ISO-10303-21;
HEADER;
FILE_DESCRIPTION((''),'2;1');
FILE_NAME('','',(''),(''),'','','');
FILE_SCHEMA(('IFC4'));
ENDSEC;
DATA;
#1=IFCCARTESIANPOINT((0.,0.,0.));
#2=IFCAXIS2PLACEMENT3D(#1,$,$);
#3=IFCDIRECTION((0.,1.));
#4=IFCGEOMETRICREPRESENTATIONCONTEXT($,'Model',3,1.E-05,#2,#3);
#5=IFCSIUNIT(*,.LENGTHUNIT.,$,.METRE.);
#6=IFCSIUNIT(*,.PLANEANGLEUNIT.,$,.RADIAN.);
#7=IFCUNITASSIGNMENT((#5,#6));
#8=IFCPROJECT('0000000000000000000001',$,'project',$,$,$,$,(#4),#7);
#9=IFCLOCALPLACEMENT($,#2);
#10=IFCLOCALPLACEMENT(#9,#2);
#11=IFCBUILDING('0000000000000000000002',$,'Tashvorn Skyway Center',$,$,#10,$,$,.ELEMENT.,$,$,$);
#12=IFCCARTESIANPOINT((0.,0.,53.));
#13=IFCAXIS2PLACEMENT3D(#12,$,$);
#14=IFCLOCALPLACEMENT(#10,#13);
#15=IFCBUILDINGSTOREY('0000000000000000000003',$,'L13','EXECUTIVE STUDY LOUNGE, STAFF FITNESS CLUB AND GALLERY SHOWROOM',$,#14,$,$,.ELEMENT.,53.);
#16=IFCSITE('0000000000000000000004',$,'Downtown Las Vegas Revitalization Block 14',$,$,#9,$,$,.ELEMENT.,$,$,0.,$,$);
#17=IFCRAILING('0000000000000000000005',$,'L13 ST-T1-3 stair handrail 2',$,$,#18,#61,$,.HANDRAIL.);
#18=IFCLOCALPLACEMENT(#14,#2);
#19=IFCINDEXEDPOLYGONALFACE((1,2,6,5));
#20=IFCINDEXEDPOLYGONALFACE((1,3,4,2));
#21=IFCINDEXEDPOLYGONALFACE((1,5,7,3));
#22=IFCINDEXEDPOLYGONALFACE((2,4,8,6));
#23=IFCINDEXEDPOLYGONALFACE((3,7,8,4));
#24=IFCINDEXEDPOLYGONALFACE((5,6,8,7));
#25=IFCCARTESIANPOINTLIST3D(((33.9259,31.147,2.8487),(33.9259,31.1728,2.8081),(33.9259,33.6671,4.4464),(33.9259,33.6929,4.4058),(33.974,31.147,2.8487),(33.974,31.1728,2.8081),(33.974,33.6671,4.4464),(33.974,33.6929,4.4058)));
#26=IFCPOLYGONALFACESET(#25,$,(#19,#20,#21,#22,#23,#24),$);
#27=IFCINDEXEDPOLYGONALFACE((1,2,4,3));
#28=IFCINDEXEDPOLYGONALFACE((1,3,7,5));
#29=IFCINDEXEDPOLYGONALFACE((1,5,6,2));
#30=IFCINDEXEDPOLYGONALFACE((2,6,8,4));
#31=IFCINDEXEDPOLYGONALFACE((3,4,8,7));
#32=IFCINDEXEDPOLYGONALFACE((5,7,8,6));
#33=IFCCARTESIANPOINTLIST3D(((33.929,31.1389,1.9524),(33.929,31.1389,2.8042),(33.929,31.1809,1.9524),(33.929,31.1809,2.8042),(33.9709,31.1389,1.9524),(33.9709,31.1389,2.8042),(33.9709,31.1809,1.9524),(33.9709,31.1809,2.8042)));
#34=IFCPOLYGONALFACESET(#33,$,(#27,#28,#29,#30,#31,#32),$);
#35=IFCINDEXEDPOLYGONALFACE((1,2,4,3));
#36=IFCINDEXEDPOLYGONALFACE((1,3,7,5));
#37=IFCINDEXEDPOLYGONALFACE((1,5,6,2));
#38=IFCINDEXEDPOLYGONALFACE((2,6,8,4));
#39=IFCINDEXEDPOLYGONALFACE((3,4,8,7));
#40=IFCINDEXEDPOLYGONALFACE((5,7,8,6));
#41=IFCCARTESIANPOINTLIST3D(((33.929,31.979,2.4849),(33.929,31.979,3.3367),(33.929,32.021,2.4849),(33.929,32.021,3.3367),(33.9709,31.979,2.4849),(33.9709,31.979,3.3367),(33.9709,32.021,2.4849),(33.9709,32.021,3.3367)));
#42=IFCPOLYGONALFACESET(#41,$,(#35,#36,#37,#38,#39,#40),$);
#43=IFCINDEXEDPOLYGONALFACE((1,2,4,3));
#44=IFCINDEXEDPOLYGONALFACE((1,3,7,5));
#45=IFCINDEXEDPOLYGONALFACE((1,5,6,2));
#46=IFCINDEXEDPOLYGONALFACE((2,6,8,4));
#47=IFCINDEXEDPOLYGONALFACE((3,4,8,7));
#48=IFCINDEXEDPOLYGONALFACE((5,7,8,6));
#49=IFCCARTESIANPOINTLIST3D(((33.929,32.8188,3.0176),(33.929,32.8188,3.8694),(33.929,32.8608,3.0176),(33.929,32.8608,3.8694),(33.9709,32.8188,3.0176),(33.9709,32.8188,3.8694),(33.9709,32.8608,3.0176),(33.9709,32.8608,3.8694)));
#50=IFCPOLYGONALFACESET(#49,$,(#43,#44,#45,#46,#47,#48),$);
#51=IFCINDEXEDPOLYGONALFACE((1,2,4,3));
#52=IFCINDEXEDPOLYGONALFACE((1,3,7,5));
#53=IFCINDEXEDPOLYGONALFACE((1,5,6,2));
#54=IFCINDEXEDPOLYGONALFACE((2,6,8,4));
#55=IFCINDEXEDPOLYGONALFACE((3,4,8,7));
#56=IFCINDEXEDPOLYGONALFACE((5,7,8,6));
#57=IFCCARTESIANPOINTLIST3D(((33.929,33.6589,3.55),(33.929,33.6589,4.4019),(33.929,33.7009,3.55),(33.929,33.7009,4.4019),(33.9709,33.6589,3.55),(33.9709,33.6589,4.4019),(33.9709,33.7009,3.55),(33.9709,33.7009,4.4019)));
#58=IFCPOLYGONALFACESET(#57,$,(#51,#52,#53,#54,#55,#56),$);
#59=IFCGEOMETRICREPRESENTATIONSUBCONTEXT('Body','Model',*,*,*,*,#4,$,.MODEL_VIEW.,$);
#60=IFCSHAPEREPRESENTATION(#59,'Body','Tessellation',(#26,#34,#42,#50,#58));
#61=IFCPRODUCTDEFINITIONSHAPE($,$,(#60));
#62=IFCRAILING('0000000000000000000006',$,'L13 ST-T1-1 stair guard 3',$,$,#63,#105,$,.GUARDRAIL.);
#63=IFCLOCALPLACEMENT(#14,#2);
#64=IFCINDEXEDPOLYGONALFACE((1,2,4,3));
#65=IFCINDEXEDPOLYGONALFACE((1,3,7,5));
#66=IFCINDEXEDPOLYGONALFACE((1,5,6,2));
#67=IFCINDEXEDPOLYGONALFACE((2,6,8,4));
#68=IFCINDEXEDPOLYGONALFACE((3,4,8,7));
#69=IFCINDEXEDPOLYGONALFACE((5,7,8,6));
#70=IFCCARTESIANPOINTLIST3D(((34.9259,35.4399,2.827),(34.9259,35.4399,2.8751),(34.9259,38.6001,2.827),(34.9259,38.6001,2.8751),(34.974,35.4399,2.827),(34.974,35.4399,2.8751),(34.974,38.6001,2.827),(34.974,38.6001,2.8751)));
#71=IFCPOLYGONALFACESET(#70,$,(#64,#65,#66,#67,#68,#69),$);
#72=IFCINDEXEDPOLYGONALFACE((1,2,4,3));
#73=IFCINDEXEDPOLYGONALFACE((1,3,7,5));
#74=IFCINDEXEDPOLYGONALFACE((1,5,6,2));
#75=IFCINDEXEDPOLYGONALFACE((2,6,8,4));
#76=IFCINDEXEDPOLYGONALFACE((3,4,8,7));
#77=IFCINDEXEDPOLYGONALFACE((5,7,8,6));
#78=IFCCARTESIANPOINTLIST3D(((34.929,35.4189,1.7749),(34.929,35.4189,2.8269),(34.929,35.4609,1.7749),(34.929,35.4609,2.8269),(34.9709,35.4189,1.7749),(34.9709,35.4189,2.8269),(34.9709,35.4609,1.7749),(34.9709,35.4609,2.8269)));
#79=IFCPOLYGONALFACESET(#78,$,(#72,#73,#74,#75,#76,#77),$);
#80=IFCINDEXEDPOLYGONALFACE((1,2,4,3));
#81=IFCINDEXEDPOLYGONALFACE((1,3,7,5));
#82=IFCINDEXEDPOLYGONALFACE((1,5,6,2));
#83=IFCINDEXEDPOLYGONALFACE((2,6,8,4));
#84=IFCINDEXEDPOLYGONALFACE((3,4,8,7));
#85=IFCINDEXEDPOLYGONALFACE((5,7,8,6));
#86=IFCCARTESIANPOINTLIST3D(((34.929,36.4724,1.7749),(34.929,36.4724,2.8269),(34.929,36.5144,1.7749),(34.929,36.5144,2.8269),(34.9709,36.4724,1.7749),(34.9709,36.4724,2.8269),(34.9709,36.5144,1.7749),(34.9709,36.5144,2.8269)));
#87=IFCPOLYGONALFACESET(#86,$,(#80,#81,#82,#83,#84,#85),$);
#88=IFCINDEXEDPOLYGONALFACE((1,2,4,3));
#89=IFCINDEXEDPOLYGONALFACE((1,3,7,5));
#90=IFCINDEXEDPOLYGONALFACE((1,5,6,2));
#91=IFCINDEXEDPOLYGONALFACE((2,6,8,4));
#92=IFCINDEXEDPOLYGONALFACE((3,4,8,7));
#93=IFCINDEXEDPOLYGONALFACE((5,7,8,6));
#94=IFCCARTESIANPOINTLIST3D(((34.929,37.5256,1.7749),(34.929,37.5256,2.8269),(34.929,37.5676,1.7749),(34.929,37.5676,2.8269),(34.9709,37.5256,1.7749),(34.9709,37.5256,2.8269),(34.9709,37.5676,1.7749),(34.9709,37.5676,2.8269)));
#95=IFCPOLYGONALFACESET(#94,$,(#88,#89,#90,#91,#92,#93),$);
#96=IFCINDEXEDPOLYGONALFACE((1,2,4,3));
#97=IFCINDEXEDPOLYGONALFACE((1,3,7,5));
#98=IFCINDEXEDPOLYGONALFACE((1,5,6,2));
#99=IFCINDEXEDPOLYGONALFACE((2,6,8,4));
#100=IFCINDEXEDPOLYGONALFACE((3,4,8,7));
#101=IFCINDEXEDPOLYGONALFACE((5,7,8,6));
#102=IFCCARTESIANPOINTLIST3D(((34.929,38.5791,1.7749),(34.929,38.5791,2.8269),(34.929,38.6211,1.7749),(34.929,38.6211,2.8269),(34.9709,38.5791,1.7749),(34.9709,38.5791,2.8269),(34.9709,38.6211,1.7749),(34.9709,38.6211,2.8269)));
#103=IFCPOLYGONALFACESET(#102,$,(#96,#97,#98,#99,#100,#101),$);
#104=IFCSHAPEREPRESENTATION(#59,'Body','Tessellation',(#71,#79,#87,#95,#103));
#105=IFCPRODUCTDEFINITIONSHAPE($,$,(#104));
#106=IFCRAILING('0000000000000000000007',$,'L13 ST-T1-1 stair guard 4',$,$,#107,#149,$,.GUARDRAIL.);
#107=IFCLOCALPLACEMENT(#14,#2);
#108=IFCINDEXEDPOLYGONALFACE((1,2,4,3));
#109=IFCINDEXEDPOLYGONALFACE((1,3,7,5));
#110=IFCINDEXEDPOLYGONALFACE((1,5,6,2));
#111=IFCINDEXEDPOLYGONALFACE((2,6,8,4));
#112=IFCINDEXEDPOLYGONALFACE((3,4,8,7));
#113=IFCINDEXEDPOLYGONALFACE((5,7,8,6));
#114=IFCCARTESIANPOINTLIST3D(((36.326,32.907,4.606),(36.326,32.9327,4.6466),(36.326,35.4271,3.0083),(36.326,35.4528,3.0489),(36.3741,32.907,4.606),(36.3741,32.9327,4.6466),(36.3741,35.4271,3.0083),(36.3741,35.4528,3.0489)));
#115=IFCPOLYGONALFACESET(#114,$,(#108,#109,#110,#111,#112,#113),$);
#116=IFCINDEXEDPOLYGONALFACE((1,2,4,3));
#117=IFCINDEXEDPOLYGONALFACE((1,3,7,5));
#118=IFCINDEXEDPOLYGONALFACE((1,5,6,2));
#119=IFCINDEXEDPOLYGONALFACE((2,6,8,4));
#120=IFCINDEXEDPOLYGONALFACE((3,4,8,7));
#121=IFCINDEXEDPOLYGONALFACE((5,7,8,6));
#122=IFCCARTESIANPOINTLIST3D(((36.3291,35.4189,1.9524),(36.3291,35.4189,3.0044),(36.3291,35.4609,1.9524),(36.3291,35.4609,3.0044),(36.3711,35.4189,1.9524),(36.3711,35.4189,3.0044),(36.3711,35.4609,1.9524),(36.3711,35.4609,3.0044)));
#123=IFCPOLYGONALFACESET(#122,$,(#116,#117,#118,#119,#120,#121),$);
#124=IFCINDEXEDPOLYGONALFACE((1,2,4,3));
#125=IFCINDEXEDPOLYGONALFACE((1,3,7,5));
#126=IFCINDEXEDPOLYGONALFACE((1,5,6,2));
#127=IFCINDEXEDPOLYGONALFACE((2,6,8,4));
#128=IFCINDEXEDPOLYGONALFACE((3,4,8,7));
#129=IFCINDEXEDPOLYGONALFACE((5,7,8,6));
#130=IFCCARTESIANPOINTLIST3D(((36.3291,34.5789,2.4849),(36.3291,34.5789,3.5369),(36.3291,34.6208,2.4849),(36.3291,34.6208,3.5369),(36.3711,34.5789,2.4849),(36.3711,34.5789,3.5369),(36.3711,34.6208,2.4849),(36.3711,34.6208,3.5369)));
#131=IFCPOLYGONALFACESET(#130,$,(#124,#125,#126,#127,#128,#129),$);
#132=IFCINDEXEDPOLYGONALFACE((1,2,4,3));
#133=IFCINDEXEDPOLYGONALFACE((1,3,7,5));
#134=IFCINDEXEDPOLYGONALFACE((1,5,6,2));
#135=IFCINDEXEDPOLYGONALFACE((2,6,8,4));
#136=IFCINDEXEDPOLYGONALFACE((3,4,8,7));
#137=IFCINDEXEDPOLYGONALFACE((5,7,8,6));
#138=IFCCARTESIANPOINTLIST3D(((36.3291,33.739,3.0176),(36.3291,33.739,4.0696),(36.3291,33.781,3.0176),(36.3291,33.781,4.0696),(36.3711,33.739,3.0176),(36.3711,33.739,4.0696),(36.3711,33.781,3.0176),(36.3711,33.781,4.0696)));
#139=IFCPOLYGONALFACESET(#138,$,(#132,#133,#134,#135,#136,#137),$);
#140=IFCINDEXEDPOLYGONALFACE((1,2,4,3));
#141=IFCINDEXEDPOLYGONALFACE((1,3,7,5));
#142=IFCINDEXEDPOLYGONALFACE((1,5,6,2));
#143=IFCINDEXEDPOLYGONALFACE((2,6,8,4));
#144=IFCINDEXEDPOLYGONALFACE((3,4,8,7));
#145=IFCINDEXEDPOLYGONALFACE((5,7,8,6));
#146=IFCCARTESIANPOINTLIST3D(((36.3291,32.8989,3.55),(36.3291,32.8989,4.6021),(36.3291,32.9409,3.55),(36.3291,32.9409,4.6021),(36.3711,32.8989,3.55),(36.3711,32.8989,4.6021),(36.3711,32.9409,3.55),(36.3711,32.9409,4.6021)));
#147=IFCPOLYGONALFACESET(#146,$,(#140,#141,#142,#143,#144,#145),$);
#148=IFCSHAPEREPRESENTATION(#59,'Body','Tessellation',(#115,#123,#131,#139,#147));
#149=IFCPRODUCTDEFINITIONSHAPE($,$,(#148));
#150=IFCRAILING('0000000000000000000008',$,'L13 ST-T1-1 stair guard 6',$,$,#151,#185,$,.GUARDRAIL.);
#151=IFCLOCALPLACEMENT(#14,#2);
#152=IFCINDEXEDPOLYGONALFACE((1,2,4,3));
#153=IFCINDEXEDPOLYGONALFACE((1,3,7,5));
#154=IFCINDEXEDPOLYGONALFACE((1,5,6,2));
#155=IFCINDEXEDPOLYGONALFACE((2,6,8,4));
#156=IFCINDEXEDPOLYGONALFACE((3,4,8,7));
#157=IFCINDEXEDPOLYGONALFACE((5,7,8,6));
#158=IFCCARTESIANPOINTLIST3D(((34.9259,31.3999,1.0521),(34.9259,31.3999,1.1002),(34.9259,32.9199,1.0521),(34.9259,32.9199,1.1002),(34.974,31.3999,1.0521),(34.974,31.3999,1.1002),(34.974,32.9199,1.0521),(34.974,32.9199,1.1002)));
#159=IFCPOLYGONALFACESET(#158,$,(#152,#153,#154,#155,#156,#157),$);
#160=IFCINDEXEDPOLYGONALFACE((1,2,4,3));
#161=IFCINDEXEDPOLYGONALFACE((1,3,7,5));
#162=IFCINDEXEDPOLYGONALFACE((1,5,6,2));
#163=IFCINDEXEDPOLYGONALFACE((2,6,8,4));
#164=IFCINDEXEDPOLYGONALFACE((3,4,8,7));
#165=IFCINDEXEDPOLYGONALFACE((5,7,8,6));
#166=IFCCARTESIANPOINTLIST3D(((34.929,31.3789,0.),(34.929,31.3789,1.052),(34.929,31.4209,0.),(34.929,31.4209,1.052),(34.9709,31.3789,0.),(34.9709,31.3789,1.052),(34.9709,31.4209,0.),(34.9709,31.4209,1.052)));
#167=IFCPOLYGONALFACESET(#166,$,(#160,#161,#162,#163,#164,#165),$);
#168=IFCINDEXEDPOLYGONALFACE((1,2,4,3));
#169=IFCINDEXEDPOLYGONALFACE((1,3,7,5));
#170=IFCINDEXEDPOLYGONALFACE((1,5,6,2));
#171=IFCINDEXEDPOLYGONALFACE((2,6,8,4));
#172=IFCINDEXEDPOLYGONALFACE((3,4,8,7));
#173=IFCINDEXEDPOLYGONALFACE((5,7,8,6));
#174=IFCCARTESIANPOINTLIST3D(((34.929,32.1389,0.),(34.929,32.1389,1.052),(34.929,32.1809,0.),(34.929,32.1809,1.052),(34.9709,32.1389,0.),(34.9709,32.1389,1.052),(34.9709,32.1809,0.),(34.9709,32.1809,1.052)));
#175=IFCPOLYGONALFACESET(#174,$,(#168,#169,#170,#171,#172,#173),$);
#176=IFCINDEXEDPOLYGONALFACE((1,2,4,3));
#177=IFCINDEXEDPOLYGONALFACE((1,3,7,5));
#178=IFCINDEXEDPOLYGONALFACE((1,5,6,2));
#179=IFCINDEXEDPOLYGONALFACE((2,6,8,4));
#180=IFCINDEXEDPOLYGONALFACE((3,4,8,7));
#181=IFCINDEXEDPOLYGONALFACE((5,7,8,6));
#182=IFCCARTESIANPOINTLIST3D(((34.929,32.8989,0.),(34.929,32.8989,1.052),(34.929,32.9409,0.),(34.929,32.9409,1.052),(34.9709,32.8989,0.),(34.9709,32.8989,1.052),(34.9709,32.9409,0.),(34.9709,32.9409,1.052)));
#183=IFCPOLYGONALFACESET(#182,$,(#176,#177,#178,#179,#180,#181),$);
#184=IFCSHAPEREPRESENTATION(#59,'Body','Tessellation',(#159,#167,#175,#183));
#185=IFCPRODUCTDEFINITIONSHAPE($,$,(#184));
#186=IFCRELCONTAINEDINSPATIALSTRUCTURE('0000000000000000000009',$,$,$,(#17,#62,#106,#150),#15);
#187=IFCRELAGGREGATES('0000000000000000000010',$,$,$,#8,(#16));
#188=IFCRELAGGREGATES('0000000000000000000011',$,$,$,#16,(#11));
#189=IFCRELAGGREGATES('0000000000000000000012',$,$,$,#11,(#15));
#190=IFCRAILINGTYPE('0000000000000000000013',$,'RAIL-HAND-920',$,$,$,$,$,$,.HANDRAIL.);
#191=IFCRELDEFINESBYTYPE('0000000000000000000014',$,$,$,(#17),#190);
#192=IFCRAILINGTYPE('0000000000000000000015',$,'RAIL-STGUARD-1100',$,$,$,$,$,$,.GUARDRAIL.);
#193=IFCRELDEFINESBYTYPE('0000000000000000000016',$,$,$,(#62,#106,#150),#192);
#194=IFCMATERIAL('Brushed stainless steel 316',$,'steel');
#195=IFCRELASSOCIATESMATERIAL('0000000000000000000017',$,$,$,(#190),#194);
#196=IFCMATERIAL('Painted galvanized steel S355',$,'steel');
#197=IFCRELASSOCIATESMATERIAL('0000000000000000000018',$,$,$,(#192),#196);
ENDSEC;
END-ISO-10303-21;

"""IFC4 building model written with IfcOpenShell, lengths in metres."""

from ifc_helpers import new_model, si_unit, direction, frame, origin, origin_2d, place, context, subcontext, project, spatial, rectangle, extrude, material, type_object, element, save


model = new_model("IFC4")

# Units and contexts
model_context = context("Model", 3, precision=1e-05, world=origin(), true_north=direction((0.0, 1.0)))
body_context = subcontext(model_context, "Body", "Model", "MODEL_VIEW")
ifc_project = project(units=[si_unit("LENGTHUNIT", "METRE"), si_unit("PLANEANGLEUNIT", "RADIAN")], contexts=[model_context])

# Site, building, storey
site_placement = place(None, origin())
site = spatial("IfcSite", under=ifc_project, at=site_placement, Name="Downtown Las Vegas Revitalization Block 14", CompositionType="ELEMENT", RefElevation=0.0)
building_placement = place(site_placement, origin())
building = spatial("IfcBuilding", under=site, at=building_placement, Name="Tashvorn Skyway Center", CompositionType="ELEMENT")
storey_placement = place(building_placement, frame((0.0, 0.0, 53.0)))
storey = spatial("IfcBuildingStorey", under=building, at=storey_placement, Name="L13", Description="EXECUTIVE STUDY LOUNGE, STAFF FITNESS CLUB AND GALLERY SHOWROOM", CompositionType="ELEMENT", Elevation=53.0)

# Railings
ifc_material_1 = material(Name="Brushed stainless steel 316", Category="steel")
railing_type_1 = type_object("IfcRailingType", Name="RAIL-HAND-920", PredefinedType="HANDRAIL", material=ifc_material_1)
railing_1_placement = place(storey_placement, frame((33.95, 31.1599, 1.9524)))
element("IfcRailing", 1, at=railing_1_placement, inside=storey, type_object=railing_type_1, Name="L13 ST-T1-3 stair handrail 2", PredefinedType="HANDRAIL", context=body_context, shape_type="SweptSolid", body=[
    extrude(rectangle(XDim=0.0481, YDim=0.0481, at=origin_2d()), frame((0.0, 0.0, 0.876), z_axis=(0.0, 0.84457, 0.535445), x_axis=(-1.0, 0.0, 0.0)), (0.0, 0.0, 1.0), 2.9839),
    extrude(rectangle(XDim=0.042, YDim=0.042, at=origin_2d()), origin(), (0.0, 0.0, 1.0), 0.8518),
    extrude(rectangle(XDim=0.042, YDim=0.042, at=origin_2d()), frame((0.0, 0.8401, 0.5325)), (0.0, 0.0, 1.0), 0.8518),
    extrude(rectangle(XDim=0.042, YDim=0.042, at=origin_2d()), frame((0.0, 1.6799, 1.0652)), (0.0, 0.0, 1.0), 0.8518),
    extrude(rectangle(XDim=0.042, YDim=0.042, at=origin_2d()), frame((0.0, 2.52, 1.5977)), (0.0, 0.0, 1.0), 0.8518),
])
ifc_material_2 = material(Name="Painted galvanized steel S355", Category="steel")
railing_type_2 = type_object("IfcRailingType", Name="RAIL-STGUARD-1100", PredefinedType="GUARDRAIL", material=ifc_material_2)
railing_2_placement = place(storey_placement, frame((34.95, 35.4399, 1.7749)))
element("IfcRailing", 2, at=railing_2_placement, inside=storey, type_object=railing_type_2, Name="L13 ST-T1-1 stair guard 3", PredefinedType="GUARDRAIL", context=body_context, shape_type="SweptSolid", body=[
    extrude(rectangle(XDim=0.0481, YDim=0.0481, at=origin_2d()), frame((0.0, 0.0, 1.0762), z_axis=(0.0, 1.0, 0.0), x_axis=(-1.0, 0.0, 0.0)), (0.0, 0.0, 1.0), 3.1602),
    extrude(rectangle(XDim=0.042, YDim=0.042, at=origin_2d()), origin(), (0.0, 0.0, 1.0), 1.052),
    extrude(rectangle(XDim=0.042, YDim=0.042, at=origin_2d()), frame((0.0, 1.0535, 0.0)), (0.0, 0.0, 1.0), 1.052),
    extrude(rectangle(XDim=0.042, YDim=0.042, at=origin_2d()), frame((0.0, 2.1067, 0.0)), (0.0, 0.0, 1.0), 1.052),
    extrude(rectangle(XDim=0.042, YDim=0.042, at=origin_2d()), frame((0.0, 3.1602, 0.0)), (0.0, 0.0, 1.0), 1.052),
])
railing_3_placement = place(storey_placement, frame((36.3501, 35.4399, 1.9524)))
element("IfcRailing", 3, at=railing_3_placement, inside=storey, type_object=railing_type_2, Name="L13 ST-T1-1 stair guard 4", PredefinedType="GUARDRAIL", context=body_context, shape_type="SweptSolid", body=[
    extrude(rectangle(XDim=0.0481, YDim=0.0481, at=origin_2d()), frame((0.0, 0.0, 1.0762), z_axis=(0.0, -0.84457, 0.535445), x_axis=(1.0, 0.0, 0.0)), (0.0, 0.0, 1.0), 2.9839),
    extrude(rectangle(XDim=0.042, YDim=0.042, at=origin_2d()), origin(), (0.0, 0.0, 1.0), 1.052),
    extrude(rectangle(XDim=0.042, YDim=0.042, at=origin_2d()), frame((0.0, -0.8401, 0.5325)), (0.0, 0.0, 1.0), 1.052),
    extrude(rectangle(XDim=0.042, YDim=0.042, at=origin_2d()), frame((0.0, -1.6799, 1.0652)), (0.0, 0.0, 1.0), 1.052),
    extrude(rectangle(XDim=0.042, YDim=0.042, at=origin_2d()), frame((0.0, -2.52, 1.5977)), (0.0, 0.0, 1.0), 1.052),
])
railing_4_placement = place(storey_placement, frame((34.95, 31.3999, 0.0)))
element("IfcRailing", 4, at=railing_4_placement, inside=storey, type_object=railing_type_2, Name="L13 ST-T1-1 stair guard 6", PredefinedType="GUARDRAIL", context=body_context, shape_type="SweptSolid", body=[
    extrude(rectangle(XDim=0.0481, YDim=0.0481, at=origin_2d()), frame((0.0, 0.0, 1.0762), z_axis=(0.0, 1.0, 0.0), x_axis=(-1.0, 0.0, 0.0)), (0.0, 0.0, 1.0), 1.52),
    extrude(rectangle(XDim=0.042, YDim=0.042, at=origin_2d()), origin(), (0.0, 0.0, 1.0), 1.052),
    extrude(rectangle(XDim=0.042, YDim=0.042, at=origin_2d()), frame((0.0, 0.76, 0.0)), (0.0, 0.0, 1.0), 1.052),
    extrude(rectangle(XDim=0.042, YDim=0.042, at=origin_2d()), frame((0.0, 1.52, 0.0)), (0.0, 0.0, 1.0), 1.052),
])

save(model, "model.ifc")
